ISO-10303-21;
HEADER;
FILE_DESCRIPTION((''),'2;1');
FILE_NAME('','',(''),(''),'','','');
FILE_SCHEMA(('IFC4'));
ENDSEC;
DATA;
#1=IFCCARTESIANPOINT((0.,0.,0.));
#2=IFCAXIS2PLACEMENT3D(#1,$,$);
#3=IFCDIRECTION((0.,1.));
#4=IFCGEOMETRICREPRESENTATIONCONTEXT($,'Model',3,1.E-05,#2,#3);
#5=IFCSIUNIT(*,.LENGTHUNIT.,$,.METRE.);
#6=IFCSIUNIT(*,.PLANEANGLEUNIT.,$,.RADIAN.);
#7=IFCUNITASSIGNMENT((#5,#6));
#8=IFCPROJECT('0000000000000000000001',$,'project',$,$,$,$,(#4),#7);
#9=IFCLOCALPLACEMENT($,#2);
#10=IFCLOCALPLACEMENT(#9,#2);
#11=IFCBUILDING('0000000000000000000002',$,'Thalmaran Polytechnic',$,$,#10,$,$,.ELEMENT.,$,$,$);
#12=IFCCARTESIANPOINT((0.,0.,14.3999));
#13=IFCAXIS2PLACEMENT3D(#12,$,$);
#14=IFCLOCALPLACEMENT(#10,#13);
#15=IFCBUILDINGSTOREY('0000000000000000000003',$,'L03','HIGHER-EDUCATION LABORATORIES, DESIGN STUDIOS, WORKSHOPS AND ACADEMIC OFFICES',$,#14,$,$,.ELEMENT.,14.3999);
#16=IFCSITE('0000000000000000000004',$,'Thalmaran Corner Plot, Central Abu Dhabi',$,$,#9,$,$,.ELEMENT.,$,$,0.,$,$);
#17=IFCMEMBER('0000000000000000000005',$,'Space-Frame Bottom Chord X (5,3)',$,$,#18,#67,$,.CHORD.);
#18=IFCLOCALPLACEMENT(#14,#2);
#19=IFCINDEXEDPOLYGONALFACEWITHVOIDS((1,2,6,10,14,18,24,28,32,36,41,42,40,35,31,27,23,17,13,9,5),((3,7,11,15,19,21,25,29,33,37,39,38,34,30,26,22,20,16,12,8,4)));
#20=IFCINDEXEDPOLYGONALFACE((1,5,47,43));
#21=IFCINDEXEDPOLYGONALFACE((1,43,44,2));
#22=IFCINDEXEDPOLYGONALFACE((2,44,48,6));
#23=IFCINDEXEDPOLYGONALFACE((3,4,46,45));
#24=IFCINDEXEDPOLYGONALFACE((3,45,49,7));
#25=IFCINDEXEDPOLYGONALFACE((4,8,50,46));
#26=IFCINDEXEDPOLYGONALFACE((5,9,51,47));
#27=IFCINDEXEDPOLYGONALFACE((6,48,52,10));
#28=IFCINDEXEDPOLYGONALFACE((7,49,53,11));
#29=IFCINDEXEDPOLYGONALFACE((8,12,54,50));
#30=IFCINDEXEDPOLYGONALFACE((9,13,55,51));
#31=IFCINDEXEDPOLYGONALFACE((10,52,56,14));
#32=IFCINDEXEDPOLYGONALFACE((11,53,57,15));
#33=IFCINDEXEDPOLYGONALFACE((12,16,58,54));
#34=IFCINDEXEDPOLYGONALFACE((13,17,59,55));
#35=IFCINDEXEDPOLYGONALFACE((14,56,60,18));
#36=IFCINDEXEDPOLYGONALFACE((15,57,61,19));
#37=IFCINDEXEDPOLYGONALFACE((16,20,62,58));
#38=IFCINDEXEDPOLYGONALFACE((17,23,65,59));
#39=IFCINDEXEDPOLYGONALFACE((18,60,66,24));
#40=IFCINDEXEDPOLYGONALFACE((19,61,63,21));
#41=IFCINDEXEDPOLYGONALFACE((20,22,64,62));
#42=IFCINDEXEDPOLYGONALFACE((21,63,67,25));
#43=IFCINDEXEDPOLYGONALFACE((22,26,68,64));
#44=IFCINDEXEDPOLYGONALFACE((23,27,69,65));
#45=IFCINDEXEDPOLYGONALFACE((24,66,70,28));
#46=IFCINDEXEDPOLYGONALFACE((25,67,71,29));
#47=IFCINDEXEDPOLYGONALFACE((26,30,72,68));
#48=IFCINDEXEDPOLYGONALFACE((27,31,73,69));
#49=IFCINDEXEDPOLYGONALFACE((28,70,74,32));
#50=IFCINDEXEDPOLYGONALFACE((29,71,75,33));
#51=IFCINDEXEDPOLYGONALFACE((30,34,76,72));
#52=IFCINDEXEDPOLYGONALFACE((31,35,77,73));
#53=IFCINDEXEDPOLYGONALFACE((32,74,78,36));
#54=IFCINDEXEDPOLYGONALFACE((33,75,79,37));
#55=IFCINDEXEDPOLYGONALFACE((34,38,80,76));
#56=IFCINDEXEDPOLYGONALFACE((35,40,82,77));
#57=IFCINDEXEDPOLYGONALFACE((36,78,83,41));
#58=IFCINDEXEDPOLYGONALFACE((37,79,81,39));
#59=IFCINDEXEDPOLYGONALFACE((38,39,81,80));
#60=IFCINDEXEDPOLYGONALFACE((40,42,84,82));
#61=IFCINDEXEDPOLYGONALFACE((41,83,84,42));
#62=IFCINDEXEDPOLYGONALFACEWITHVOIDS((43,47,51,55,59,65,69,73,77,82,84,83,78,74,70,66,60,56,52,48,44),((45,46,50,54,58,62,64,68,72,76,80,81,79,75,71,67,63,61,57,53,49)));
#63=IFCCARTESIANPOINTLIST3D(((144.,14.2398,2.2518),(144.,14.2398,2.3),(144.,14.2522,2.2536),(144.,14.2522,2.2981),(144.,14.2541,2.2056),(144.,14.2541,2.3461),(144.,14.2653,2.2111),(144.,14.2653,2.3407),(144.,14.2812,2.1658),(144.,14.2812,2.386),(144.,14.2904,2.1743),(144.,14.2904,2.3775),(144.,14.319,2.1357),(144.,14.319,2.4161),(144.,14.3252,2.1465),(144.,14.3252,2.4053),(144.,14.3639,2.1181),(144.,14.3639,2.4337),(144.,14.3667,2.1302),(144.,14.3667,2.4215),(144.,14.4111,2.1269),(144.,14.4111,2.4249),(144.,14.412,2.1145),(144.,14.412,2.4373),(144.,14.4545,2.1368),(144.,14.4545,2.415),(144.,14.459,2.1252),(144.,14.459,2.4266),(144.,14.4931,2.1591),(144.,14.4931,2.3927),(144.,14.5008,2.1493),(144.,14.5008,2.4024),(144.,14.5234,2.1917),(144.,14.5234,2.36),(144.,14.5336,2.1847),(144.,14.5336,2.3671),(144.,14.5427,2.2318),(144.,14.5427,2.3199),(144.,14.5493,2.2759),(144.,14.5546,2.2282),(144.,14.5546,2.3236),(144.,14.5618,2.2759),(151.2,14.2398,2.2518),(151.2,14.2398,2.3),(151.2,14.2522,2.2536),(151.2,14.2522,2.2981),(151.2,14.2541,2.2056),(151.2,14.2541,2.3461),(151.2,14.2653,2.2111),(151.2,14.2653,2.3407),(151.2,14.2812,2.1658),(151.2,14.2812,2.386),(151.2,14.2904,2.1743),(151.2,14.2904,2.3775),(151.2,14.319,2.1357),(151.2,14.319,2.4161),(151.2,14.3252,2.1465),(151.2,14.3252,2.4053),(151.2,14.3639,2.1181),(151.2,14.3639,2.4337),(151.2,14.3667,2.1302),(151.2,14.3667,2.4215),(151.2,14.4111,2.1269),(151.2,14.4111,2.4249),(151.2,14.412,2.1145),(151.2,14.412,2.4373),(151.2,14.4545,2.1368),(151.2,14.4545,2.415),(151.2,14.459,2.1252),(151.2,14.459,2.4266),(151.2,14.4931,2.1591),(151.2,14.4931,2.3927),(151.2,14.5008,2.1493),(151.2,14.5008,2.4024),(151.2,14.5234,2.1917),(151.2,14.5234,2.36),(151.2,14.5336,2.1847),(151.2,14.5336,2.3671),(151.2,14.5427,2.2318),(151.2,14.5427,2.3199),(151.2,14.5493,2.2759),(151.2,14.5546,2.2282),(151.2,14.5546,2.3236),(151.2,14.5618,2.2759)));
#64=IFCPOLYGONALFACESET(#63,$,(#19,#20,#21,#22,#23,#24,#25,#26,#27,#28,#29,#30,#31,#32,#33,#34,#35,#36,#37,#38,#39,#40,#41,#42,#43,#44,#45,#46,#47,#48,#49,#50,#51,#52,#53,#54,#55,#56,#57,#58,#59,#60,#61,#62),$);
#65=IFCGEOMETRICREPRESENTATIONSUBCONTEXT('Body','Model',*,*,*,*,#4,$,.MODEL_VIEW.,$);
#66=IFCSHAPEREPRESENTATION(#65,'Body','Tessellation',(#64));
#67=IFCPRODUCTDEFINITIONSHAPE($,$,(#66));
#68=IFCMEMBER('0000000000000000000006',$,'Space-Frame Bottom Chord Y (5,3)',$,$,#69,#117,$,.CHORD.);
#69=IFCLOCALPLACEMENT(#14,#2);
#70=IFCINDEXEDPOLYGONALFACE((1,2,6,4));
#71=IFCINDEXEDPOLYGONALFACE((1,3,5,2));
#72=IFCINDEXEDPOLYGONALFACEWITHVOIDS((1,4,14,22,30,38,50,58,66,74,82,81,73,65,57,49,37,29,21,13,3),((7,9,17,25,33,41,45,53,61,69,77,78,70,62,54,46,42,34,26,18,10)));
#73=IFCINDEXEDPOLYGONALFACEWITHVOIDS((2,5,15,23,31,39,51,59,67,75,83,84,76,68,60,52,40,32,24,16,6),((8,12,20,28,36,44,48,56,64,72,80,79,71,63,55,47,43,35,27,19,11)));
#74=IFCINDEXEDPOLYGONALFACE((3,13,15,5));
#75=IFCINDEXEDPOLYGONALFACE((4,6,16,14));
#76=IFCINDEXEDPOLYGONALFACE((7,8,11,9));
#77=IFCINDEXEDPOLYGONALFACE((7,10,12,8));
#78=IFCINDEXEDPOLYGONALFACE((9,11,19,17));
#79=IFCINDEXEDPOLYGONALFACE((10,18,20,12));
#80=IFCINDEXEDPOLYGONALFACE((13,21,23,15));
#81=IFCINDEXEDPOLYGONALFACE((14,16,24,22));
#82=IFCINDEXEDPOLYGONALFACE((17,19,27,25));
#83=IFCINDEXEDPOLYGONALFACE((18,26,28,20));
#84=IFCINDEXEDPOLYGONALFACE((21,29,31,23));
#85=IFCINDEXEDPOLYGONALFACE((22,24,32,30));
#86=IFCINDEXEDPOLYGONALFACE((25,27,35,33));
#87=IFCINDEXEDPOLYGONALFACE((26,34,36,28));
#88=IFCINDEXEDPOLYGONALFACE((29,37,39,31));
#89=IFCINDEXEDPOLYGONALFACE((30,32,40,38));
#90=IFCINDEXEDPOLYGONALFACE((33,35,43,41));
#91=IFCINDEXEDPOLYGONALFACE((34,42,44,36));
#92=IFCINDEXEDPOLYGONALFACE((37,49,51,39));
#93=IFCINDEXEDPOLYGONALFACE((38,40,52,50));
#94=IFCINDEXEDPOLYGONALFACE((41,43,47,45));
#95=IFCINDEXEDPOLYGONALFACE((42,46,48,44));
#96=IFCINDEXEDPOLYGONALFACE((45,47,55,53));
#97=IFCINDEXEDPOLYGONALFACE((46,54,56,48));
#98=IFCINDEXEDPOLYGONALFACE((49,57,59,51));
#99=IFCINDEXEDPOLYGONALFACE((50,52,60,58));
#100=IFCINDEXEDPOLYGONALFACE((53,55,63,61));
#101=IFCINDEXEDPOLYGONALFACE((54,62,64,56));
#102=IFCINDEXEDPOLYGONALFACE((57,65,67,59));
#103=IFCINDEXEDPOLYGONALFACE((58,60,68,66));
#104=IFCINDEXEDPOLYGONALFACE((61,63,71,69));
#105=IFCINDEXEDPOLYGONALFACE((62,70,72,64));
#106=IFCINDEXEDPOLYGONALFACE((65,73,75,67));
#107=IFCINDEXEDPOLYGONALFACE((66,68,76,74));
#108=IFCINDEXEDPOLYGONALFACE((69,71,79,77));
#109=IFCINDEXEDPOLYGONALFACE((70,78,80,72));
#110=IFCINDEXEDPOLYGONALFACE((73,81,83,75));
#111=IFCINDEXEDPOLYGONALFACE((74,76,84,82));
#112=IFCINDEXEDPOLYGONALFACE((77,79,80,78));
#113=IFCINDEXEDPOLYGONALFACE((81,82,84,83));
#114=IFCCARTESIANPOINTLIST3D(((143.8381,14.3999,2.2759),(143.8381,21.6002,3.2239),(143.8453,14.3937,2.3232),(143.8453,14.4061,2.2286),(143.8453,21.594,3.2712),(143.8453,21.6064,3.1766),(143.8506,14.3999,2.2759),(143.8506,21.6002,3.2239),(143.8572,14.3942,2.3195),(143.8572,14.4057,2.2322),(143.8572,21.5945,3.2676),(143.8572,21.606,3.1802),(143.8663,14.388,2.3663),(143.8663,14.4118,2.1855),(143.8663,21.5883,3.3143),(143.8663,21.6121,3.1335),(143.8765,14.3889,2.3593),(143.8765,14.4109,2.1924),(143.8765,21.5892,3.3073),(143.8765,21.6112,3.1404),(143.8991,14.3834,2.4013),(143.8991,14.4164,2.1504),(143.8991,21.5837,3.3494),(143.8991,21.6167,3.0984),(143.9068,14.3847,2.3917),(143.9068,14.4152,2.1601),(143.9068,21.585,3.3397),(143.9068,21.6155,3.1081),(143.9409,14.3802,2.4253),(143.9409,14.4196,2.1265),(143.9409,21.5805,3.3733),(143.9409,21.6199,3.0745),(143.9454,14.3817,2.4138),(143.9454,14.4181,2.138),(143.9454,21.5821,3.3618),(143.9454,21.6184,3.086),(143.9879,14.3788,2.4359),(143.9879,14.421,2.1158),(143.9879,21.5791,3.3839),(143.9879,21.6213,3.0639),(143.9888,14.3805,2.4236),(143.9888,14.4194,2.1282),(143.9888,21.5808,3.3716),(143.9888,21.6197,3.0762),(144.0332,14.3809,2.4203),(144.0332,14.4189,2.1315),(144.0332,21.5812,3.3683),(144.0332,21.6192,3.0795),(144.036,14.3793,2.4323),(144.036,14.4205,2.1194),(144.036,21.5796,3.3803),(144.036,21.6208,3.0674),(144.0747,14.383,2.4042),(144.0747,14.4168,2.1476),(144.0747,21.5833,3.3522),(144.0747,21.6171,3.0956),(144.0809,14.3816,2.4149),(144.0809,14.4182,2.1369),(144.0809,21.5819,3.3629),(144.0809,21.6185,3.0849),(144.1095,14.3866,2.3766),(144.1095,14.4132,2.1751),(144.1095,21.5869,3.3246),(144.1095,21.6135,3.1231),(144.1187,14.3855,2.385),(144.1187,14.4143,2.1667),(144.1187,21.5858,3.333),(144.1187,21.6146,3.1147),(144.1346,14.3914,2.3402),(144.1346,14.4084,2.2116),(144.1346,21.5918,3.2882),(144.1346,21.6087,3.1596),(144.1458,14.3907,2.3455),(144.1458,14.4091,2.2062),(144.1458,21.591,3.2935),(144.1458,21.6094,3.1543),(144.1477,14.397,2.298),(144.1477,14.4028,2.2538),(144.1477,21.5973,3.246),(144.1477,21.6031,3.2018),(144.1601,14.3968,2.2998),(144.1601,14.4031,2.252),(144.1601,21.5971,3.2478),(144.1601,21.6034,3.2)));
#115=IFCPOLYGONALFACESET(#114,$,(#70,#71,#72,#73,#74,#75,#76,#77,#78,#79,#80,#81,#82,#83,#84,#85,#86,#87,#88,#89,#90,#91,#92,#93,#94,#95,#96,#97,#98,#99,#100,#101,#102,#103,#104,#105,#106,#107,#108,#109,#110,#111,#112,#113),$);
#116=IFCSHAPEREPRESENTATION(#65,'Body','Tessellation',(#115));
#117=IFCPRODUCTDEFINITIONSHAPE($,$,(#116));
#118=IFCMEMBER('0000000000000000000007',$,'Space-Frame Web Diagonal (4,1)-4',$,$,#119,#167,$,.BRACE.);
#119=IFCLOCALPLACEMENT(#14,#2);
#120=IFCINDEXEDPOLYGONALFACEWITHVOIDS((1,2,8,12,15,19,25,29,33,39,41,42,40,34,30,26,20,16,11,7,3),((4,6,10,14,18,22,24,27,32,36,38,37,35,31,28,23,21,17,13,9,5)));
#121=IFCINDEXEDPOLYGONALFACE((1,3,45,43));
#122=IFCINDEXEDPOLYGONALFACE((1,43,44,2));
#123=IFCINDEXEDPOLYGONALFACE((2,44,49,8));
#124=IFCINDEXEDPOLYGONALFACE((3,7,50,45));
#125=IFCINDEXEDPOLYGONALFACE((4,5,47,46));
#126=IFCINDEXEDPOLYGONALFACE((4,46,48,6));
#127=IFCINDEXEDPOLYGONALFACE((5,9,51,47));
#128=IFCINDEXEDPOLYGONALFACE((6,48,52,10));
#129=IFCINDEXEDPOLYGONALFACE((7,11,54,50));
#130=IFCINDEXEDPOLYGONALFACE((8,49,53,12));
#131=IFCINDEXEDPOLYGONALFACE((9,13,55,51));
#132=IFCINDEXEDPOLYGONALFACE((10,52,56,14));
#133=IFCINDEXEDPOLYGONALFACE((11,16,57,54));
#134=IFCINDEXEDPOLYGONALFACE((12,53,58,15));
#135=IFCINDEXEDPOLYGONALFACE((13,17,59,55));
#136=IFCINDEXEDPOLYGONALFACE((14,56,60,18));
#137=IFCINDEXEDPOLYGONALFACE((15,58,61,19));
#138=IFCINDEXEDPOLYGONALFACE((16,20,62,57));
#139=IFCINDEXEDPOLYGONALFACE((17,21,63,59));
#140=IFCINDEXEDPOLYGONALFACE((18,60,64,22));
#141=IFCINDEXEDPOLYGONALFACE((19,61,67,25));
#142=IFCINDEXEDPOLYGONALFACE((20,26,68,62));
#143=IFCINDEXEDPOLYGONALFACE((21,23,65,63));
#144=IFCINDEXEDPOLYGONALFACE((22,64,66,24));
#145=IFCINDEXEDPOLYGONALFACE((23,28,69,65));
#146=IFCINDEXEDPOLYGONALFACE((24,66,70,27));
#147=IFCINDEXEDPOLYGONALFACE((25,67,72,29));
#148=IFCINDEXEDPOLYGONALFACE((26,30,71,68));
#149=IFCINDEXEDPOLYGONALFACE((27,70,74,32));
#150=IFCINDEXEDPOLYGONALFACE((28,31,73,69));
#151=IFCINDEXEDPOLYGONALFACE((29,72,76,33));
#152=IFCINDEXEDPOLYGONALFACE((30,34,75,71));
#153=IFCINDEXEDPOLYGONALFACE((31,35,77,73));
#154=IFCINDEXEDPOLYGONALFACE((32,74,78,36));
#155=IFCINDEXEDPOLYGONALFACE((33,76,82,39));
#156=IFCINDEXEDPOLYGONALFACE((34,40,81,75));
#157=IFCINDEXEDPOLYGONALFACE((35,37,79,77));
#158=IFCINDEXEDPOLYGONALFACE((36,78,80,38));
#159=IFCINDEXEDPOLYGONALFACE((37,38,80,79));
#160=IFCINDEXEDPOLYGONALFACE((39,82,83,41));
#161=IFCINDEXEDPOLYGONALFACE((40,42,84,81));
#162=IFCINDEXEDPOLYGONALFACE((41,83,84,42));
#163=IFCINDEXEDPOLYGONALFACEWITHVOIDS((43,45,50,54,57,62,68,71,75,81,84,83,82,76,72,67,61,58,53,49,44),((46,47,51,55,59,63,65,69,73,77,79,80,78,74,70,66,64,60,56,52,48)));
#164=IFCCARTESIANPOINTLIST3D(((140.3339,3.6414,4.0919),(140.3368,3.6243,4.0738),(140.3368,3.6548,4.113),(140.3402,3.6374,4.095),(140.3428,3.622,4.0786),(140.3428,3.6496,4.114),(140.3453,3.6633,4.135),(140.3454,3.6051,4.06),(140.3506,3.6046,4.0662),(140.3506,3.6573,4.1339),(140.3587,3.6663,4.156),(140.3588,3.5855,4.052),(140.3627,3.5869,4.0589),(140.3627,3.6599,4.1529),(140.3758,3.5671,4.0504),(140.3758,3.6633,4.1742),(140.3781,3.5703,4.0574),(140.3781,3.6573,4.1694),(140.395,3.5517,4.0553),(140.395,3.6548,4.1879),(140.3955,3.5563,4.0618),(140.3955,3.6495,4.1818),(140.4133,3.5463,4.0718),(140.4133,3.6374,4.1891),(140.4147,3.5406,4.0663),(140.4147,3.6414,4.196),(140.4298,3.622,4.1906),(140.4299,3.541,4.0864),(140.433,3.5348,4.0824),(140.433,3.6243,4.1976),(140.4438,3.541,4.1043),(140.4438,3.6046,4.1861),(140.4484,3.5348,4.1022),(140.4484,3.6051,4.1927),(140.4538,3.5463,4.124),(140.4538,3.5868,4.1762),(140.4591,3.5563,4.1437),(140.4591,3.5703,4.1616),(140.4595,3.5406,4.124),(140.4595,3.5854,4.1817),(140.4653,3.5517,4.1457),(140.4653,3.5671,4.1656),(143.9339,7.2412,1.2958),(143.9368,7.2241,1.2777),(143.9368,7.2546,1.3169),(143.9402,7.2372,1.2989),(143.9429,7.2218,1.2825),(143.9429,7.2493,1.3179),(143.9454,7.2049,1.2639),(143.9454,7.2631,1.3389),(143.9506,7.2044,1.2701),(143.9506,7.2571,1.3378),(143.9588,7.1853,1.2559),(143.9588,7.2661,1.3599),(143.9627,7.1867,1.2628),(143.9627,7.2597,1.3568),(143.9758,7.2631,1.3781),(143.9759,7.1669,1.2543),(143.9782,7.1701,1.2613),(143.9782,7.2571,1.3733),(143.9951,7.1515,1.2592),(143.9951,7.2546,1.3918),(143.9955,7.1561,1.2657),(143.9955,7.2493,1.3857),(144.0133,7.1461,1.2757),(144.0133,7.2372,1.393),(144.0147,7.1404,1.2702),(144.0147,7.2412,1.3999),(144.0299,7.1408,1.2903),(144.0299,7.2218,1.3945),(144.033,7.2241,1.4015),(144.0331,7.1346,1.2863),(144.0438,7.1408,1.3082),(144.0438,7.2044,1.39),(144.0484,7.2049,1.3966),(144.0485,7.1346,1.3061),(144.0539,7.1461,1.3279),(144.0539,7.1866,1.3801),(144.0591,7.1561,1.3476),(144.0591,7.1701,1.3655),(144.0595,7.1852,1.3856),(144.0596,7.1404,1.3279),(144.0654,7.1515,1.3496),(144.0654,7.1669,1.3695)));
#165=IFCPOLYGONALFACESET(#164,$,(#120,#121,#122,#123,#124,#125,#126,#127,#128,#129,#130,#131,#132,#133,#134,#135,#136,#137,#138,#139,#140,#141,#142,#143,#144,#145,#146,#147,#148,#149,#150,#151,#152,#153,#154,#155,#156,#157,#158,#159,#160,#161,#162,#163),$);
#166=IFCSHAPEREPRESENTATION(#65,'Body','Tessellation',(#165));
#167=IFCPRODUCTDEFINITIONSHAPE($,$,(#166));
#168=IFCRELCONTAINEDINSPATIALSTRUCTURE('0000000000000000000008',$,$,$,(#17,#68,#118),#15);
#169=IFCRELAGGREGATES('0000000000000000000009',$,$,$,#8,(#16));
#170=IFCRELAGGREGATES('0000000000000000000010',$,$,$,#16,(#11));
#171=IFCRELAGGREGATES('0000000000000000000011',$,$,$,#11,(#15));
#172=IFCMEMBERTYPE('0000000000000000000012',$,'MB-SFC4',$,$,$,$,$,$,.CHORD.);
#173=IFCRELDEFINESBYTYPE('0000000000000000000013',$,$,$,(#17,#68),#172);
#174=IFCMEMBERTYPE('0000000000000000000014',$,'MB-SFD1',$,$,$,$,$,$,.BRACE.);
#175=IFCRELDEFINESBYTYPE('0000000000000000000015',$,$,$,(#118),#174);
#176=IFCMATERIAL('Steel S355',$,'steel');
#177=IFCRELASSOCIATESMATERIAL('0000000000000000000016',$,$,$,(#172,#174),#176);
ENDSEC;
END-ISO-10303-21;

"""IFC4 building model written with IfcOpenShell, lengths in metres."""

from ifc_helpers import new_model, si_unit, direction, frame, origin, origin_2d, place, context, subcontext, project, spatial, hollow_circle, extrude, material, material_profile, profile_set, type_object, element, save


model = new_model("IFC4")

# Units and contexts
model_context = context("Model", 3, precision=1e-05, world=origin(), true_north=direction((0.0, 1.0)))
body_context = subcontext(model_context, "Body", "Model", "MODEL_VIEW")
ifc_project = project(units=[si_unit("LENGTHUNIT", "METRE"), si_unit("PLANEANGLEUNIT", "RADIAN")], contexts=[model_context])

# Site, building, storey
site_placement = place(None, origin())
site = spatial("IfcSite", under=ifc_project, at=site_placement, Name="Thalmaran Corner Plot, Central Abu Dhabi", CompositionType="ELEMENT", RefElevation=0.0)
building_placement = place(site_placement, origin())
building = spatial("IfcBuilding", under=site, at=building_placement, Name="Thalmaran Polytechnic", CompositionType="ELEMENT")
storey_placement = place(building_placement, frame((0.0, 0.0, 14.3999)))
storey = spatial("IfcBuildingStorey", under=building, at=storey_placement, Name="L03", Description="HIGHER-EDUCATION LABORATORIES, DESIGN STUDIOS, WORKSHOPS AND ACADEMIC OFFICES", CompositionType="ELEMENT", Elevation=14.3999)

# Members
ifc_material_1 = material(Name="Steel S355", Category="steel")
ifc_material_profile_1 = material_profile(ifc_material_1, hollow_circle(Radius=0.1619, WallThickness=0.0125, at=origin_2d()), Name="CHS 323.9x12.5")
ifc_profile_set_1 = profile_set([ifc_material_profile_1], Name="Steel S355")
member_type_1 = type_object("IfcMemberType", Name="MB-SFC4", PredefinedType="CHORD", material=ifc_profile_set_1)
member_1_placement = place(storey_placement, frame((144.0, 14.3999, 2.2759), z_axis=(1.0, 0.0, 0.0), x_axis=(0.0, 1.0, 0.0)))
element("IfcMember", 1, at=member_1_placement, inside=storey, type_object=member_type_1, Name="Space-Frame Bottom Chord X (5,3)", PredefinedType="CHORD", context=body_context, shape_type="SweptSolid", body=[
    extrude(hollow_circle(Radius=0.1619, WallThickness=0.0125, at=origin_2d()), origin(), (0.0, 0.0, 1.0), 7.2),
])
member_2_placement = place(storey_placement, frame((144.0, 14.3999, 2.2759), z_axis=(0.0, 0.991444, 0.130536), x_axis=(-1.0, 0.0, 0.0)))
element("IfcMember", 2, at=member_2_placement, inside=storey, type_object=member_type_1, Name="Space-Frame Bottom Chord Y (5,3)", PredefinedType="CHORD", context=body_context, shape_type="SweptSolid", body=[
    extrude(hollow_circle(Radius=0.1619, WallThickness=0.0125, at=origin_2d()), origin(), (0.0, 0.0, 1.0), 7.2625),
])
ifc_material_profile_2 = material_profile(ifc_material_1, hollow_circle(Radius=0.0842, WallThickness=0.0081, at=origin_2d()), Name="CHS 168.3x8.0")
ifc_profile_set_2 = profile_set([ifc_material_profile_2], Name="Steel S355")
member_type_2 = type_object("IfcMemberType", Name="MB-SFD1", PredefinedType="BRACE", material=ifc_profile_set_2)
member_3_placement = place(storey_placement, frame((144.0, 7.2, 1.3279), z_axis=(-0.619804, -0.619762, 0.481392), x_axis=(0.707083, -0.707131, 0.0)))
element("IfcMember", 3, at=member_3_placement, inside=storey, type_object=member_type_2, Name="Space-Frame Web Diagonal (4,1)-4", PredefinedType="BRACE", context=body_context, shape_type="SweptSolid", body=[
    extrude(hollow_circle(Radius=0.0842, WallThickness=0.0081, at=origin_2d()), origin(), (0.0, 0.0, 1.0), 5.8083),
])

save(model, "model.ifc")
